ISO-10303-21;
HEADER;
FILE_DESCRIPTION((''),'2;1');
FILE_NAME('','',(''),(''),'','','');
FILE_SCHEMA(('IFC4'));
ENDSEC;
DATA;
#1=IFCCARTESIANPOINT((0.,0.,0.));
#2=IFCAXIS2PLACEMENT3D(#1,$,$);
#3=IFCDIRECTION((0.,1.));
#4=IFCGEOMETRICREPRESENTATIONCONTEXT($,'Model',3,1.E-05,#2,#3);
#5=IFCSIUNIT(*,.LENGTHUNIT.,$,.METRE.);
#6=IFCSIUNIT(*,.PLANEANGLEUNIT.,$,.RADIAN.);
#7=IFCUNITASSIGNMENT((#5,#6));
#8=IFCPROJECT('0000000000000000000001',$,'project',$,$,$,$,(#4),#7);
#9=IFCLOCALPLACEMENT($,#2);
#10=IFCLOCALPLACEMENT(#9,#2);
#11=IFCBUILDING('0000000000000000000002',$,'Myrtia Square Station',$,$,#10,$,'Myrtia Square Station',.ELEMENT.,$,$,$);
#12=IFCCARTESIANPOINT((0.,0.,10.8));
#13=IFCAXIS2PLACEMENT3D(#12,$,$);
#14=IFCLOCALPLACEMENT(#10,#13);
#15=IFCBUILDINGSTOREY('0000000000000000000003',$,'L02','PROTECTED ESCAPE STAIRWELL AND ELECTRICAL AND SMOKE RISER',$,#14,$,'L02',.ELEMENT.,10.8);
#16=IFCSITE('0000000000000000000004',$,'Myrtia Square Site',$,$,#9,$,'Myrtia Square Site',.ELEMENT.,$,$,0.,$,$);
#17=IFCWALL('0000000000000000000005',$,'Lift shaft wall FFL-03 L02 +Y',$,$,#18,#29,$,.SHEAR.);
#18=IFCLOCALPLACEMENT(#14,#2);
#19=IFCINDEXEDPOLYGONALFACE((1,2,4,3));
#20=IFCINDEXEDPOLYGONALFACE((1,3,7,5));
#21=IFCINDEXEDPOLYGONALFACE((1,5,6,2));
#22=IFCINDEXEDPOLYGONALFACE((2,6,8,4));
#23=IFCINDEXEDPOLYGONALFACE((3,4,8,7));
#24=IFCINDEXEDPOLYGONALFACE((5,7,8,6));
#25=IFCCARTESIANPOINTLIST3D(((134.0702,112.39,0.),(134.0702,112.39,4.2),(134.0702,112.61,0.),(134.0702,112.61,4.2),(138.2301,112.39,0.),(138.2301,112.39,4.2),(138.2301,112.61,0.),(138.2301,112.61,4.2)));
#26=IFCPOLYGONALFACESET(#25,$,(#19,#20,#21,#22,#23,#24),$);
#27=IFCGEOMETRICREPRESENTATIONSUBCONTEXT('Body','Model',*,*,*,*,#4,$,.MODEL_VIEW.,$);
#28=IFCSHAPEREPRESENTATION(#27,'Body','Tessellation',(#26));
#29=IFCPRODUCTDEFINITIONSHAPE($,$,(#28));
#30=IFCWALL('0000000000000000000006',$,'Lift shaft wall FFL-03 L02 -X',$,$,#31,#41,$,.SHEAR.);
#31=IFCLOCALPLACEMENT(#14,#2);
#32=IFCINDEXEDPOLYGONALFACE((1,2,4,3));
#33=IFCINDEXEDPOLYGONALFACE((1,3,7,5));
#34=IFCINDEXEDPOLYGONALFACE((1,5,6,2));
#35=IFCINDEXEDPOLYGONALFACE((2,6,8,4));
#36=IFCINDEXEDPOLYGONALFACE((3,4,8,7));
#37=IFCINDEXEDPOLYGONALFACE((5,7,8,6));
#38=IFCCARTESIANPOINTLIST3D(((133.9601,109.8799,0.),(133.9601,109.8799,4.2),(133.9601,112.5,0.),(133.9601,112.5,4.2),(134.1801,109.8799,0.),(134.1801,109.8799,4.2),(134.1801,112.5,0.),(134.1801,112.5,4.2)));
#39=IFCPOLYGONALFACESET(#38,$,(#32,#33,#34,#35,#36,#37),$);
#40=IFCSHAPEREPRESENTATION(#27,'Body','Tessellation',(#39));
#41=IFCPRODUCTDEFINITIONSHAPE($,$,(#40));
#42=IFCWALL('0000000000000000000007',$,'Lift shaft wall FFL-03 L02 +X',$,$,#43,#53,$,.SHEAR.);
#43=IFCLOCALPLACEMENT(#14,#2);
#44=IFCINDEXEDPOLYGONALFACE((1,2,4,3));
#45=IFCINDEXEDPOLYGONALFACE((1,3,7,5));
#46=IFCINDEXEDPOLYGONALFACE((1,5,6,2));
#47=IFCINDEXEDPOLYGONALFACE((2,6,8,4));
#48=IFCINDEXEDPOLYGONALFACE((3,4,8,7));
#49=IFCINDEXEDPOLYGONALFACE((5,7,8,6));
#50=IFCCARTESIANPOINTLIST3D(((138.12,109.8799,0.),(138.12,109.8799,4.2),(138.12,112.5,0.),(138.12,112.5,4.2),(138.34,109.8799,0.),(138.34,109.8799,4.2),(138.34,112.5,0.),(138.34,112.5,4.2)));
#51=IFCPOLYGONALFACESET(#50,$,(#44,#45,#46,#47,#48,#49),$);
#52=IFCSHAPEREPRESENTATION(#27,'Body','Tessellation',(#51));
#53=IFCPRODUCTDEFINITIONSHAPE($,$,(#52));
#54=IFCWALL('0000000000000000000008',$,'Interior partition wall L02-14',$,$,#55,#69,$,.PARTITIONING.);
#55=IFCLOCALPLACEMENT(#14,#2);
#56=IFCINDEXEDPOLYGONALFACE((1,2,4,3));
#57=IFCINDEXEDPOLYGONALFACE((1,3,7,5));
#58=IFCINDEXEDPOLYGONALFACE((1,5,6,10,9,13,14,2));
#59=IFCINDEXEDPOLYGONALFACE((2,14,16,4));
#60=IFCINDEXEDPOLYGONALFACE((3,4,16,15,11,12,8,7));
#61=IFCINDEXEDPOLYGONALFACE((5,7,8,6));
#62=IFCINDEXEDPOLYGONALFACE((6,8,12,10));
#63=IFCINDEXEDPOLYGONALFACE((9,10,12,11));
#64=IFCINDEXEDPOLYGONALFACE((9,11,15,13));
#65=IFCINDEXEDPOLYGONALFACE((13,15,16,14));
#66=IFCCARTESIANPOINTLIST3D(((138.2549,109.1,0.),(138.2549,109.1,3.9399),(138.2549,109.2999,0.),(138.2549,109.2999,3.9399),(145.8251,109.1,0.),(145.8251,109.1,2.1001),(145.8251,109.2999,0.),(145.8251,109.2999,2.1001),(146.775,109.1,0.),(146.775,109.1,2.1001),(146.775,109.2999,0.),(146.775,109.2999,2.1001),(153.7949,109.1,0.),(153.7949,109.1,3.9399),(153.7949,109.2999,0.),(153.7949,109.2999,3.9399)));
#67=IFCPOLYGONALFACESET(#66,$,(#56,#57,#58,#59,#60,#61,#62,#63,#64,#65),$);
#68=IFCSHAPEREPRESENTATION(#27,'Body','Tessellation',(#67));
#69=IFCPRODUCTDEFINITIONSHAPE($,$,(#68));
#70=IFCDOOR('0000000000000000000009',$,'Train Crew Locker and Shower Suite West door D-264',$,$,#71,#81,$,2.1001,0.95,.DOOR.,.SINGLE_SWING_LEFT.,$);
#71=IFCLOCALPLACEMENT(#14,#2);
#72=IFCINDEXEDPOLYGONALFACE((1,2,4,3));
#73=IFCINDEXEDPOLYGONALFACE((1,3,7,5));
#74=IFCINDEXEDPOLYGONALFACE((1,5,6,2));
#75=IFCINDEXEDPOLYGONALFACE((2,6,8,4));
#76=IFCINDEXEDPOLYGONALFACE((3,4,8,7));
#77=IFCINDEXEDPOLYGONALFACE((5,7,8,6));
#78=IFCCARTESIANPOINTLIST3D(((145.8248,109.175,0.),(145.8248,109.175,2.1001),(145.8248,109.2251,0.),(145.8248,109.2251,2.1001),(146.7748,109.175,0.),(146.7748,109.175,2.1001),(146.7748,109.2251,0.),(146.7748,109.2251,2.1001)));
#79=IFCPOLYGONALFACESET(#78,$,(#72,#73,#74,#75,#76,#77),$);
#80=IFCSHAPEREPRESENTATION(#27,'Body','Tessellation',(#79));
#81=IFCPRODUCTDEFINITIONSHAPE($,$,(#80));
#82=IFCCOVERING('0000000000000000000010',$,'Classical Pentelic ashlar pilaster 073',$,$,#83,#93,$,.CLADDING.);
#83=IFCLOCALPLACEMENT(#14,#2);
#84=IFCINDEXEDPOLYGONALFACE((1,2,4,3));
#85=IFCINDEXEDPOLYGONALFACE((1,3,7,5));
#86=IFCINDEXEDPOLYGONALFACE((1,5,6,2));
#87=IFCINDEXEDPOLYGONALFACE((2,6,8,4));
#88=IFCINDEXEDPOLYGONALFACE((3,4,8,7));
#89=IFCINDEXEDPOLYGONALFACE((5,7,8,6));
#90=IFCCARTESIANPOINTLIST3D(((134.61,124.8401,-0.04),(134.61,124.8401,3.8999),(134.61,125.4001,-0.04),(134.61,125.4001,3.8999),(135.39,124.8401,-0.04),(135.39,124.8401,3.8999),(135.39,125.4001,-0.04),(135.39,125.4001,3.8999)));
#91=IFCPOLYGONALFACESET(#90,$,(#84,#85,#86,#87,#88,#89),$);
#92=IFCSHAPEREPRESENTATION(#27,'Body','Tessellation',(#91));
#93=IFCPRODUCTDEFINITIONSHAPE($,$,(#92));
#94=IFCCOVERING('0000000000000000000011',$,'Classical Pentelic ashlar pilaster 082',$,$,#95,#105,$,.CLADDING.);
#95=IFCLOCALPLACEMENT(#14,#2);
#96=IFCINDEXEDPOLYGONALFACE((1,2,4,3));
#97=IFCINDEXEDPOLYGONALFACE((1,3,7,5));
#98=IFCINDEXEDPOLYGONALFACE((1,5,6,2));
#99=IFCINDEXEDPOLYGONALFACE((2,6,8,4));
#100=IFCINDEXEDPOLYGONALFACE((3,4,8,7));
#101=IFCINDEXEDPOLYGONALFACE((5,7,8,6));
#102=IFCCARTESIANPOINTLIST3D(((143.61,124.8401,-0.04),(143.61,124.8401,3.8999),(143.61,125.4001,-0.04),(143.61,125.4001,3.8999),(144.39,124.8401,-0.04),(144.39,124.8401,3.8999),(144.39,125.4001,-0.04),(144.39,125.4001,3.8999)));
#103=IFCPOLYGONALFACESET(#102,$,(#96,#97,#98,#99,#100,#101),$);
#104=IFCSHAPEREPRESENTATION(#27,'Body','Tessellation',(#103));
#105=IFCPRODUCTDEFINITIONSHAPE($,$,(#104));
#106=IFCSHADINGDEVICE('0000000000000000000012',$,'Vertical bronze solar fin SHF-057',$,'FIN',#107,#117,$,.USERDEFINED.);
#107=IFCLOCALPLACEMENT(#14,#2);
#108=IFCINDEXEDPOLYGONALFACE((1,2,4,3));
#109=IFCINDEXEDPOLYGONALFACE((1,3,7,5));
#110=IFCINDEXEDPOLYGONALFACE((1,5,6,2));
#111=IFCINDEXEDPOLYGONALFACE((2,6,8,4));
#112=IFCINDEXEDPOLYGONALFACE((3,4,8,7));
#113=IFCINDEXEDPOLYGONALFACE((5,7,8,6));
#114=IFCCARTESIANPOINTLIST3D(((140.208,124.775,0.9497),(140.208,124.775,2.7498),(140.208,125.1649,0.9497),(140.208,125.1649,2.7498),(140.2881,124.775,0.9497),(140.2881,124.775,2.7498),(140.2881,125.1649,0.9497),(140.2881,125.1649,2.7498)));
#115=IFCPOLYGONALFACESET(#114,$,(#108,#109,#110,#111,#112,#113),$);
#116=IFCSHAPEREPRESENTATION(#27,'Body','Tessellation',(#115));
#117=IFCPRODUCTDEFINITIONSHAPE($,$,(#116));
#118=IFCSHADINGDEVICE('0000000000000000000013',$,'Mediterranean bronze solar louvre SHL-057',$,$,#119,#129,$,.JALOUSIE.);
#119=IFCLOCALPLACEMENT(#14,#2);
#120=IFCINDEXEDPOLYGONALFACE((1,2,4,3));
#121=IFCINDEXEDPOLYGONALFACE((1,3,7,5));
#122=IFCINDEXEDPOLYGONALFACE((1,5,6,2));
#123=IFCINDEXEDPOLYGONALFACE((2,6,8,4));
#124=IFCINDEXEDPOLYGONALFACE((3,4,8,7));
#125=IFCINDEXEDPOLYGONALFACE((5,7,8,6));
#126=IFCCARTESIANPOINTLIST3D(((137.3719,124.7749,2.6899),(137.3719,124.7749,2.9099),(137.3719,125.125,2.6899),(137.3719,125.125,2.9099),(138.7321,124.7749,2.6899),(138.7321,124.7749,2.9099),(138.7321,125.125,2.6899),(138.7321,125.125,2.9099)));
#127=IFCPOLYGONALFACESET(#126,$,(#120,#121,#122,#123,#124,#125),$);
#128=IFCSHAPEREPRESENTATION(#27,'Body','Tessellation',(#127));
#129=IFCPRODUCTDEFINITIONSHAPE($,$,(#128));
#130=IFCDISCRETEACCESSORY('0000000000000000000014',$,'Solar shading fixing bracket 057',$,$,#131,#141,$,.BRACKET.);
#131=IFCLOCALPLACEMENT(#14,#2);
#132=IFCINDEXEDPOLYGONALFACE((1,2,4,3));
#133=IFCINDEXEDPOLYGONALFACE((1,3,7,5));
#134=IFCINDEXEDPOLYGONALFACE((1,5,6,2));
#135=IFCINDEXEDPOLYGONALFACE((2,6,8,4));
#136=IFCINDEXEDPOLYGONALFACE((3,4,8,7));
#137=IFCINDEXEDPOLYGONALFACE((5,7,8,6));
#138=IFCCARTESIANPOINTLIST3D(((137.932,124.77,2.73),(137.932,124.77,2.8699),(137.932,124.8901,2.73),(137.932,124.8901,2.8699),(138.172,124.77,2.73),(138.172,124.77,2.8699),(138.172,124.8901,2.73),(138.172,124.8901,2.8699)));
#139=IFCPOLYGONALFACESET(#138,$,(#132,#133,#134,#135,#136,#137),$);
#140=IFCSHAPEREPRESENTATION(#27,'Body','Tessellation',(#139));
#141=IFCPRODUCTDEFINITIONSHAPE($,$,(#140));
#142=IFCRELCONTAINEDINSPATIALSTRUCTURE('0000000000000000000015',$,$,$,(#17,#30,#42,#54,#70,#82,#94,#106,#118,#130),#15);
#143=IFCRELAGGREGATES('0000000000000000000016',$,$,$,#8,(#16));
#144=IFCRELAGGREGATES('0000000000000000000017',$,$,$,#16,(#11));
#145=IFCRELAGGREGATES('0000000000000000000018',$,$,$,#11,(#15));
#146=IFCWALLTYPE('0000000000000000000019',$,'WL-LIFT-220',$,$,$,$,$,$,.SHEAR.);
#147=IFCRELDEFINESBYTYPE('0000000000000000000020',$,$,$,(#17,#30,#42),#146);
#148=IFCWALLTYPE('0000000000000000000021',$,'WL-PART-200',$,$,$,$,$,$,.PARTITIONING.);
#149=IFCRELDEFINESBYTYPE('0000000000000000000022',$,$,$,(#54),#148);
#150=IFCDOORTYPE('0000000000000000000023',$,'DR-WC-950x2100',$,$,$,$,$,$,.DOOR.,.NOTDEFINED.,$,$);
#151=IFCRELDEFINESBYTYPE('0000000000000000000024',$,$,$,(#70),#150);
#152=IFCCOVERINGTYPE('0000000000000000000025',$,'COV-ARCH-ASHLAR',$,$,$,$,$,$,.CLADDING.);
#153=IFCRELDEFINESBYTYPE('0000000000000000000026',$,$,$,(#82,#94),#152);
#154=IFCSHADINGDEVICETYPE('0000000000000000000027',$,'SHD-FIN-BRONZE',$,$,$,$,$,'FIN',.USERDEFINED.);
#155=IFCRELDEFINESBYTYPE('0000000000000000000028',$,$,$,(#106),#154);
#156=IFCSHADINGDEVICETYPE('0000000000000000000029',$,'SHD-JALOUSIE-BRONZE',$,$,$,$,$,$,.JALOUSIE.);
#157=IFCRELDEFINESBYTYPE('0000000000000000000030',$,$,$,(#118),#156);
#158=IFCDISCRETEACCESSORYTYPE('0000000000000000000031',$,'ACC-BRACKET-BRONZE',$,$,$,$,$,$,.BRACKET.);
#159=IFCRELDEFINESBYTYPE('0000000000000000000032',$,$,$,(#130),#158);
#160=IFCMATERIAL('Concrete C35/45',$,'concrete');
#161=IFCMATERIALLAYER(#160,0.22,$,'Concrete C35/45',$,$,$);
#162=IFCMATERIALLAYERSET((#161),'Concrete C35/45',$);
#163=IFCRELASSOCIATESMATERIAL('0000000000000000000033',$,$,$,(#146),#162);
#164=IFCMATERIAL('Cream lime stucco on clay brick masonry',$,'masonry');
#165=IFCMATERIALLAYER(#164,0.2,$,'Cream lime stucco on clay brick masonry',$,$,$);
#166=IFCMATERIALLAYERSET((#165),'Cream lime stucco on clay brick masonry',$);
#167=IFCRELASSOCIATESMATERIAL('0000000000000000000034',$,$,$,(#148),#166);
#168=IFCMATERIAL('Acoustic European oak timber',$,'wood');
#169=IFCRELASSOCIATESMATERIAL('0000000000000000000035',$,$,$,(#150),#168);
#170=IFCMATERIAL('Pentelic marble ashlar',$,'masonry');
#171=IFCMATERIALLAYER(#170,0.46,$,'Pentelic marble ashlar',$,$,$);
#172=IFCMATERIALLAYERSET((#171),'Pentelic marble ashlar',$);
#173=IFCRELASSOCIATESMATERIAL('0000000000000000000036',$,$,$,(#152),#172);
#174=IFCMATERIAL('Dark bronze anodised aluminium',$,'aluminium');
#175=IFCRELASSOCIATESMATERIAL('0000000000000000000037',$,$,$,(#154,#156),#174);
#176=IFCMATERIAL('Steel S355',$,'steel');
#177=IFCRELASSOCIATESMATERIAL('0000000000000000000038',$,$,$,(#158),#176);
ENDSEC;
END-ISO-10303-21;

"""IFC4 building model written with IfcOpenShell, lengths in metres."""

from ifc_helpers import new_model, si_unit, direction, frame, frame_2d, origin, origin_2d, place, context, subcontext, project, spatial, rectangle, extrude, material, layer, layer_set, type_object, element, fill, save


model = new_model("IFC4")

# Units and contexts
model_context = context("Model", 3, precision=1e-05, world=origin(), true_north=direction((0.0, 1.0)))
body_context = subcontext(model_context, "Body", "Model", "MODEL_VIEW")
ifc_project = project(units=[si_unit("LENGTHUNIT", "METRE"), si_unit("PLANEANGLEUNIT", "RADIAN")], contexts=[model_context])

# Site, building, storey
site_placement = place(None, origin())
site = spatial("IfcSite", under=ifc_project, at=site_placement, Name="Myrtia Square Site", LongName="Myrtia Square Site", CompositionType="ELEMENT", RefElevation=0.0)
building_placement = place(site_placement, origin())
building = spatial("IfcBuilding", under=site, at=building_placement, Name="Myrtia Square Station", LongName="Myrtia Square Station", CompositionType="ELEMENT")
storey_placement = place(building_placement, frame((0.0, 0.0, 10.8)))
storey = spatial("IfcBuildingStorey", under=building, at=storey_placement, Name="L02", Description="PROTECTED ESCAPE STAIRWELL AND ELECTRICAL AND SMOKE RISER", LongName="L02", CompositionType="ELEMENT", Elevation=10.8)

# Shared definitions
ifc_material_1 = material(Name="Steel S355", Category="steel")

# Shared definitions
ifc_material_2 = material(Name="Cream lime stucco on clay brick masonry", Category="masonry")

# Shared definitions
ifc_material_3 = material(Name="Concrete C35/45", Category="concrete")
ifc_layer_1 = layer(ifc_material_3, 0.22, Name="Concrete C35/45")
ifc_layer_set_1 = layer_set([ifc_layer_1], Name="Concrete C35/45")
wall_type_1 = type_object("IfcWallType", Name="WL-LIFT-220", PredefinedType="SHEAR", material=ifc_layer_set_1)
ifc_material_4 = material(Name="Dark bronze anodised aluminium", Category="aluminium")

# Walls
wall_1_placement = place(storey_placement, frame((134.0701, 112.5, 0.0), z_axis=(0.0, 0.0, 1.0), x_axis=(1.0, 0.0, 0.0)))
element("IfcWall", 1, at=wall_1_placement, inside=storey, type_object=wall_type_1, Name="Lift shaft wall FFL-03 L02 +Y", PredefinedType="SHEAR", context=body_context, shape_type="SweptSolid", body=[
    extrude(rectangle(XDim=4.1599, YDim=0.22, at=frame_2d((2.0801, 0.0))), origin(), (0.0, 0.0, 1.0), 4.2),
])
for number, where, z_axis, x_axis, name in (
    (2, (134.0701, 109.8799, 0.0), (0.0, 0.0, 1.0), (0.0, 1.0, 0.0), "Lift shaft wall FFL-03 L02 -X"),
    (3, (138.23, 109.8799, 0.0), (0.0, 0.0, 1.0), (0.0, 1.0, 0.0), "Lift shaft wall FFL-03 L02 +X"),
):
    element("IfcWall", number, at=place(storey_placement, frame(where, z_axis=z_axis, x_axis=x_axis)), inside=storey, type_object=wall_type_1, Name=name, PredefinedType="SHEAR", context=body_context, shape_type="SweptSolid", body=[
        extrude(rectangle(XDim=2.6201, YDim=0.22, at=frame_2d((1.3101, 0.0))), origin(), (0.0, 0.0, 1.0), 4.2),
    ])

# Wall, opening, door
ifc_layer_2 = layer(ifc_material_2, 0.2, Name="Cream lime stucco on clay brick masonry")
ifc_layer_set_2 = layer_set([ifc_layer_2], Name="Cream lime stucco on clay brick masonry")
wall_type_2 = type_object("IfcWallType", Name="WL-PART-200", PredefinedType="PARTITIONING", material=ifc_layer_set_2)
wall_2_placement = place(storey_placement, frame((138.2549, 109.2, 0.0), z_axis=(0.0, 0.0, 1.0), x_axis=(1.0, 0.0, 0.0)))
wall_2 = element("IfcWall", 4, at=wall_2_placement, inside=storey, type_object=wall_type_2, Name="Interior partition wall L02-14", PredefinedType="PARTITIONING", context=body_context, shape_type="SweptSolid", body=[
    extrude(rectangle(XDim=15.54, YDim=0.2, at=frame_2d((7.77, 0.0))), origin(), (0.0, 0.0, 1.0), 3.9399),
])
opening_1_placement = place(wall_2_placement, frame((7.5701, 0.0, 0.0)))
opening_1 = element("IfcOpeningElement", 5, at=opening_1_placement, cuts=wall_2, PredefinedType="OPENING", context=body_context, shape_type="SweptSolid", body=[
    extrude(rectangle(XDim=0.95, YDim=2.1001, at=frame_2d((0.4751, 1.05))), frame((0.0, 0.115, 0.0), z_axis=(0.0, -1.0, 0.0), x_axis=(1.0, 0.0, 0.0)), (0.0, 0.0, 1.0), 0.23),
])
ifc_material_5 = material(Name="Acoustic European oak timber", Category="wood")
door_type_1 = type_object("IfcDoorType", Name="DR-WC-950x2100", OperationType="NOTDEFINED", PredefinedType="DOOR", material=ifc_material_5)
door_1_placement = place(opening_1_placement, frame((0.95, 0.0, 0.0), z_axis=(0.0, 0.0, 1.0), x_axis=(-1.0, 0.0, 0.0)))
door_1 = element("IfcDoor", 6, at=door_1_placement, inside=storey, type_object=door_type_1, Name="Train Crew Locker and Shower Suite West door D-264", OperationType="SINGLE_SWING_LEFT", OverallHeight=2.1001, OverallWidth=0.95, PredefinedType="DOOR", context=body_context, shape_type="SweptSolid", body=[
    extrude(rectangle(XDim=0.95, YDim=2.1001, at=frame_2d((0.4751, 1.05))), frame((0.0, 0.0249, 0.0), z_axis=(0.0, -1.0, 0.0), x_axis=(1.0, 0.0, 0.0)), (0.0, 0.0, 1.0), 0.05),
])
fill(opening_1, door_1)

# Coverings
ifc_material_6 = material(Name="Pentelic marble ashlar", Category="masonry")
ifc_layer_3 = layer(ifc_material_6, 0.46, Name="Pentelic marble ashlar")
ifc_layer_set_3 = layer_set([ifc_layer_3], Name="Pentelic marble ashlar")
covering_type = type_object("IfcCoveringType", Name="COV-ARCH-ASHLAR", PredefinedType="CLADDING", material=ifc_layer_set_3)
for number, where, z_axis, x_axis, name in (
    (7, (135.0, 125.1201, -0.04), (0.0, 0.0, 1.0), (1.0, 0.0, 0.0), "Classical Pentelic ashlar pilaster 073"),
    (8, (144.0, 125.1201, -0.04), (0.0, 0.0, 1.0), (1.0, 0.0, 0.0), "Classical Pentelic ashlar pilaster 082"),
):
    element("IfcCovering", number, at=place(storey_placement, frame(where, z_axis=z_axis, x_axis=x_axis)), inside=storey, type_object=covering_type, Name=name, PredefinedType="CLADDING", context=body_context, shape_type="SweptSolid", body=[
        extrude(rectangle(XDim=0.78, YDim=0.5601, at=origin_2d()), origin(), (0.0, 0.0, 1.0), 3.9399),
    ])

# Shading devices
shading_device_type_1 = type_object("IfcShadingDeviceType", Name="SHD-FIN-BRONZE", ElementType="FIN", PredefinedType="USERDEFINED", material=ifc_material_4)
shading_device_1_placement = place(storey_placement, frame((140.248, 124.97, 0.9497), z_axis=(0.0, 0.0, 1.0), x_axis=(1.0, 0.0, 0.0)))
element("IfcShadingDevice", 9, at=shading_device_1_placement, inside=storey, type_object=shading_device_type_1, Name="Vertical bronze solar fin SHF-057", ObjectType="FIN", PredefinedType="USERDEFINED", context=body_context, shape_type="SweptSolid", body=[
    extrude(rectangle(XDim=0.0801, YDim=0.3899, at=origin_2d()), origin(), (0.0, 0.0, 1.0), 1.8),
])
shading_device_type_2 = type_object("IfcShadingDeviceType", Name="SHD-JALOUSIE-BRONZE", PredefinedType="JALOUSIE", material=ifc_material_4)
shading_device_2_placement = place(storey_placement, frame((138.052, 124.95, 2.6899), z_axis=(0.0, 0.0, 1.0), x_axis=(1.0, 0.0, 0.0)))
element("IfcShadingDevice", 10, at=shading_device_2_placement, inside=storey, type_object=shading_device_type_2, Name="Mediterranean bronze solar louvre SHL-057", PredefinedType="JALOUSIE", context=body_context, shape_type="SweptSolid", body=[
    extrude(rectangle(XDim=1.3601, YDim=0.3501, at=origin_2d()), origin(), (0.0, 0.0, 1.0), 0.22),
])

# Discrete accessory
discrete_accessory_type = type_object("IfcDiscreteAccessoryType", Name="ACC-BRACKET-BRONZE", PredefinedType="BRACKET", material=ifc_material_1)
discrete_accessory_placement = place(storey_placement, frame((138.052, 124.8301, 2.73), z_axis=(0.0, 0.0, 1.0), x_axis=(1.0, 0.0, 0.0)))
element("IfcDiscreteAccessory", 11, at=discrete_accessory_placement, inside=storey, type_object=discrete_accessory_type, Name="Solar shading fixing bracket 057", PredefinedType="BRACKET", context=body_context, shape_type="SweptSolid", body=[
    extrude(rectangle(XDim=0.24, YDim=0.1201, at=origin_2d()), origin(), (0.0, 0.0, 1.0), 0.1399),
])

save(model, "model.ifc")
